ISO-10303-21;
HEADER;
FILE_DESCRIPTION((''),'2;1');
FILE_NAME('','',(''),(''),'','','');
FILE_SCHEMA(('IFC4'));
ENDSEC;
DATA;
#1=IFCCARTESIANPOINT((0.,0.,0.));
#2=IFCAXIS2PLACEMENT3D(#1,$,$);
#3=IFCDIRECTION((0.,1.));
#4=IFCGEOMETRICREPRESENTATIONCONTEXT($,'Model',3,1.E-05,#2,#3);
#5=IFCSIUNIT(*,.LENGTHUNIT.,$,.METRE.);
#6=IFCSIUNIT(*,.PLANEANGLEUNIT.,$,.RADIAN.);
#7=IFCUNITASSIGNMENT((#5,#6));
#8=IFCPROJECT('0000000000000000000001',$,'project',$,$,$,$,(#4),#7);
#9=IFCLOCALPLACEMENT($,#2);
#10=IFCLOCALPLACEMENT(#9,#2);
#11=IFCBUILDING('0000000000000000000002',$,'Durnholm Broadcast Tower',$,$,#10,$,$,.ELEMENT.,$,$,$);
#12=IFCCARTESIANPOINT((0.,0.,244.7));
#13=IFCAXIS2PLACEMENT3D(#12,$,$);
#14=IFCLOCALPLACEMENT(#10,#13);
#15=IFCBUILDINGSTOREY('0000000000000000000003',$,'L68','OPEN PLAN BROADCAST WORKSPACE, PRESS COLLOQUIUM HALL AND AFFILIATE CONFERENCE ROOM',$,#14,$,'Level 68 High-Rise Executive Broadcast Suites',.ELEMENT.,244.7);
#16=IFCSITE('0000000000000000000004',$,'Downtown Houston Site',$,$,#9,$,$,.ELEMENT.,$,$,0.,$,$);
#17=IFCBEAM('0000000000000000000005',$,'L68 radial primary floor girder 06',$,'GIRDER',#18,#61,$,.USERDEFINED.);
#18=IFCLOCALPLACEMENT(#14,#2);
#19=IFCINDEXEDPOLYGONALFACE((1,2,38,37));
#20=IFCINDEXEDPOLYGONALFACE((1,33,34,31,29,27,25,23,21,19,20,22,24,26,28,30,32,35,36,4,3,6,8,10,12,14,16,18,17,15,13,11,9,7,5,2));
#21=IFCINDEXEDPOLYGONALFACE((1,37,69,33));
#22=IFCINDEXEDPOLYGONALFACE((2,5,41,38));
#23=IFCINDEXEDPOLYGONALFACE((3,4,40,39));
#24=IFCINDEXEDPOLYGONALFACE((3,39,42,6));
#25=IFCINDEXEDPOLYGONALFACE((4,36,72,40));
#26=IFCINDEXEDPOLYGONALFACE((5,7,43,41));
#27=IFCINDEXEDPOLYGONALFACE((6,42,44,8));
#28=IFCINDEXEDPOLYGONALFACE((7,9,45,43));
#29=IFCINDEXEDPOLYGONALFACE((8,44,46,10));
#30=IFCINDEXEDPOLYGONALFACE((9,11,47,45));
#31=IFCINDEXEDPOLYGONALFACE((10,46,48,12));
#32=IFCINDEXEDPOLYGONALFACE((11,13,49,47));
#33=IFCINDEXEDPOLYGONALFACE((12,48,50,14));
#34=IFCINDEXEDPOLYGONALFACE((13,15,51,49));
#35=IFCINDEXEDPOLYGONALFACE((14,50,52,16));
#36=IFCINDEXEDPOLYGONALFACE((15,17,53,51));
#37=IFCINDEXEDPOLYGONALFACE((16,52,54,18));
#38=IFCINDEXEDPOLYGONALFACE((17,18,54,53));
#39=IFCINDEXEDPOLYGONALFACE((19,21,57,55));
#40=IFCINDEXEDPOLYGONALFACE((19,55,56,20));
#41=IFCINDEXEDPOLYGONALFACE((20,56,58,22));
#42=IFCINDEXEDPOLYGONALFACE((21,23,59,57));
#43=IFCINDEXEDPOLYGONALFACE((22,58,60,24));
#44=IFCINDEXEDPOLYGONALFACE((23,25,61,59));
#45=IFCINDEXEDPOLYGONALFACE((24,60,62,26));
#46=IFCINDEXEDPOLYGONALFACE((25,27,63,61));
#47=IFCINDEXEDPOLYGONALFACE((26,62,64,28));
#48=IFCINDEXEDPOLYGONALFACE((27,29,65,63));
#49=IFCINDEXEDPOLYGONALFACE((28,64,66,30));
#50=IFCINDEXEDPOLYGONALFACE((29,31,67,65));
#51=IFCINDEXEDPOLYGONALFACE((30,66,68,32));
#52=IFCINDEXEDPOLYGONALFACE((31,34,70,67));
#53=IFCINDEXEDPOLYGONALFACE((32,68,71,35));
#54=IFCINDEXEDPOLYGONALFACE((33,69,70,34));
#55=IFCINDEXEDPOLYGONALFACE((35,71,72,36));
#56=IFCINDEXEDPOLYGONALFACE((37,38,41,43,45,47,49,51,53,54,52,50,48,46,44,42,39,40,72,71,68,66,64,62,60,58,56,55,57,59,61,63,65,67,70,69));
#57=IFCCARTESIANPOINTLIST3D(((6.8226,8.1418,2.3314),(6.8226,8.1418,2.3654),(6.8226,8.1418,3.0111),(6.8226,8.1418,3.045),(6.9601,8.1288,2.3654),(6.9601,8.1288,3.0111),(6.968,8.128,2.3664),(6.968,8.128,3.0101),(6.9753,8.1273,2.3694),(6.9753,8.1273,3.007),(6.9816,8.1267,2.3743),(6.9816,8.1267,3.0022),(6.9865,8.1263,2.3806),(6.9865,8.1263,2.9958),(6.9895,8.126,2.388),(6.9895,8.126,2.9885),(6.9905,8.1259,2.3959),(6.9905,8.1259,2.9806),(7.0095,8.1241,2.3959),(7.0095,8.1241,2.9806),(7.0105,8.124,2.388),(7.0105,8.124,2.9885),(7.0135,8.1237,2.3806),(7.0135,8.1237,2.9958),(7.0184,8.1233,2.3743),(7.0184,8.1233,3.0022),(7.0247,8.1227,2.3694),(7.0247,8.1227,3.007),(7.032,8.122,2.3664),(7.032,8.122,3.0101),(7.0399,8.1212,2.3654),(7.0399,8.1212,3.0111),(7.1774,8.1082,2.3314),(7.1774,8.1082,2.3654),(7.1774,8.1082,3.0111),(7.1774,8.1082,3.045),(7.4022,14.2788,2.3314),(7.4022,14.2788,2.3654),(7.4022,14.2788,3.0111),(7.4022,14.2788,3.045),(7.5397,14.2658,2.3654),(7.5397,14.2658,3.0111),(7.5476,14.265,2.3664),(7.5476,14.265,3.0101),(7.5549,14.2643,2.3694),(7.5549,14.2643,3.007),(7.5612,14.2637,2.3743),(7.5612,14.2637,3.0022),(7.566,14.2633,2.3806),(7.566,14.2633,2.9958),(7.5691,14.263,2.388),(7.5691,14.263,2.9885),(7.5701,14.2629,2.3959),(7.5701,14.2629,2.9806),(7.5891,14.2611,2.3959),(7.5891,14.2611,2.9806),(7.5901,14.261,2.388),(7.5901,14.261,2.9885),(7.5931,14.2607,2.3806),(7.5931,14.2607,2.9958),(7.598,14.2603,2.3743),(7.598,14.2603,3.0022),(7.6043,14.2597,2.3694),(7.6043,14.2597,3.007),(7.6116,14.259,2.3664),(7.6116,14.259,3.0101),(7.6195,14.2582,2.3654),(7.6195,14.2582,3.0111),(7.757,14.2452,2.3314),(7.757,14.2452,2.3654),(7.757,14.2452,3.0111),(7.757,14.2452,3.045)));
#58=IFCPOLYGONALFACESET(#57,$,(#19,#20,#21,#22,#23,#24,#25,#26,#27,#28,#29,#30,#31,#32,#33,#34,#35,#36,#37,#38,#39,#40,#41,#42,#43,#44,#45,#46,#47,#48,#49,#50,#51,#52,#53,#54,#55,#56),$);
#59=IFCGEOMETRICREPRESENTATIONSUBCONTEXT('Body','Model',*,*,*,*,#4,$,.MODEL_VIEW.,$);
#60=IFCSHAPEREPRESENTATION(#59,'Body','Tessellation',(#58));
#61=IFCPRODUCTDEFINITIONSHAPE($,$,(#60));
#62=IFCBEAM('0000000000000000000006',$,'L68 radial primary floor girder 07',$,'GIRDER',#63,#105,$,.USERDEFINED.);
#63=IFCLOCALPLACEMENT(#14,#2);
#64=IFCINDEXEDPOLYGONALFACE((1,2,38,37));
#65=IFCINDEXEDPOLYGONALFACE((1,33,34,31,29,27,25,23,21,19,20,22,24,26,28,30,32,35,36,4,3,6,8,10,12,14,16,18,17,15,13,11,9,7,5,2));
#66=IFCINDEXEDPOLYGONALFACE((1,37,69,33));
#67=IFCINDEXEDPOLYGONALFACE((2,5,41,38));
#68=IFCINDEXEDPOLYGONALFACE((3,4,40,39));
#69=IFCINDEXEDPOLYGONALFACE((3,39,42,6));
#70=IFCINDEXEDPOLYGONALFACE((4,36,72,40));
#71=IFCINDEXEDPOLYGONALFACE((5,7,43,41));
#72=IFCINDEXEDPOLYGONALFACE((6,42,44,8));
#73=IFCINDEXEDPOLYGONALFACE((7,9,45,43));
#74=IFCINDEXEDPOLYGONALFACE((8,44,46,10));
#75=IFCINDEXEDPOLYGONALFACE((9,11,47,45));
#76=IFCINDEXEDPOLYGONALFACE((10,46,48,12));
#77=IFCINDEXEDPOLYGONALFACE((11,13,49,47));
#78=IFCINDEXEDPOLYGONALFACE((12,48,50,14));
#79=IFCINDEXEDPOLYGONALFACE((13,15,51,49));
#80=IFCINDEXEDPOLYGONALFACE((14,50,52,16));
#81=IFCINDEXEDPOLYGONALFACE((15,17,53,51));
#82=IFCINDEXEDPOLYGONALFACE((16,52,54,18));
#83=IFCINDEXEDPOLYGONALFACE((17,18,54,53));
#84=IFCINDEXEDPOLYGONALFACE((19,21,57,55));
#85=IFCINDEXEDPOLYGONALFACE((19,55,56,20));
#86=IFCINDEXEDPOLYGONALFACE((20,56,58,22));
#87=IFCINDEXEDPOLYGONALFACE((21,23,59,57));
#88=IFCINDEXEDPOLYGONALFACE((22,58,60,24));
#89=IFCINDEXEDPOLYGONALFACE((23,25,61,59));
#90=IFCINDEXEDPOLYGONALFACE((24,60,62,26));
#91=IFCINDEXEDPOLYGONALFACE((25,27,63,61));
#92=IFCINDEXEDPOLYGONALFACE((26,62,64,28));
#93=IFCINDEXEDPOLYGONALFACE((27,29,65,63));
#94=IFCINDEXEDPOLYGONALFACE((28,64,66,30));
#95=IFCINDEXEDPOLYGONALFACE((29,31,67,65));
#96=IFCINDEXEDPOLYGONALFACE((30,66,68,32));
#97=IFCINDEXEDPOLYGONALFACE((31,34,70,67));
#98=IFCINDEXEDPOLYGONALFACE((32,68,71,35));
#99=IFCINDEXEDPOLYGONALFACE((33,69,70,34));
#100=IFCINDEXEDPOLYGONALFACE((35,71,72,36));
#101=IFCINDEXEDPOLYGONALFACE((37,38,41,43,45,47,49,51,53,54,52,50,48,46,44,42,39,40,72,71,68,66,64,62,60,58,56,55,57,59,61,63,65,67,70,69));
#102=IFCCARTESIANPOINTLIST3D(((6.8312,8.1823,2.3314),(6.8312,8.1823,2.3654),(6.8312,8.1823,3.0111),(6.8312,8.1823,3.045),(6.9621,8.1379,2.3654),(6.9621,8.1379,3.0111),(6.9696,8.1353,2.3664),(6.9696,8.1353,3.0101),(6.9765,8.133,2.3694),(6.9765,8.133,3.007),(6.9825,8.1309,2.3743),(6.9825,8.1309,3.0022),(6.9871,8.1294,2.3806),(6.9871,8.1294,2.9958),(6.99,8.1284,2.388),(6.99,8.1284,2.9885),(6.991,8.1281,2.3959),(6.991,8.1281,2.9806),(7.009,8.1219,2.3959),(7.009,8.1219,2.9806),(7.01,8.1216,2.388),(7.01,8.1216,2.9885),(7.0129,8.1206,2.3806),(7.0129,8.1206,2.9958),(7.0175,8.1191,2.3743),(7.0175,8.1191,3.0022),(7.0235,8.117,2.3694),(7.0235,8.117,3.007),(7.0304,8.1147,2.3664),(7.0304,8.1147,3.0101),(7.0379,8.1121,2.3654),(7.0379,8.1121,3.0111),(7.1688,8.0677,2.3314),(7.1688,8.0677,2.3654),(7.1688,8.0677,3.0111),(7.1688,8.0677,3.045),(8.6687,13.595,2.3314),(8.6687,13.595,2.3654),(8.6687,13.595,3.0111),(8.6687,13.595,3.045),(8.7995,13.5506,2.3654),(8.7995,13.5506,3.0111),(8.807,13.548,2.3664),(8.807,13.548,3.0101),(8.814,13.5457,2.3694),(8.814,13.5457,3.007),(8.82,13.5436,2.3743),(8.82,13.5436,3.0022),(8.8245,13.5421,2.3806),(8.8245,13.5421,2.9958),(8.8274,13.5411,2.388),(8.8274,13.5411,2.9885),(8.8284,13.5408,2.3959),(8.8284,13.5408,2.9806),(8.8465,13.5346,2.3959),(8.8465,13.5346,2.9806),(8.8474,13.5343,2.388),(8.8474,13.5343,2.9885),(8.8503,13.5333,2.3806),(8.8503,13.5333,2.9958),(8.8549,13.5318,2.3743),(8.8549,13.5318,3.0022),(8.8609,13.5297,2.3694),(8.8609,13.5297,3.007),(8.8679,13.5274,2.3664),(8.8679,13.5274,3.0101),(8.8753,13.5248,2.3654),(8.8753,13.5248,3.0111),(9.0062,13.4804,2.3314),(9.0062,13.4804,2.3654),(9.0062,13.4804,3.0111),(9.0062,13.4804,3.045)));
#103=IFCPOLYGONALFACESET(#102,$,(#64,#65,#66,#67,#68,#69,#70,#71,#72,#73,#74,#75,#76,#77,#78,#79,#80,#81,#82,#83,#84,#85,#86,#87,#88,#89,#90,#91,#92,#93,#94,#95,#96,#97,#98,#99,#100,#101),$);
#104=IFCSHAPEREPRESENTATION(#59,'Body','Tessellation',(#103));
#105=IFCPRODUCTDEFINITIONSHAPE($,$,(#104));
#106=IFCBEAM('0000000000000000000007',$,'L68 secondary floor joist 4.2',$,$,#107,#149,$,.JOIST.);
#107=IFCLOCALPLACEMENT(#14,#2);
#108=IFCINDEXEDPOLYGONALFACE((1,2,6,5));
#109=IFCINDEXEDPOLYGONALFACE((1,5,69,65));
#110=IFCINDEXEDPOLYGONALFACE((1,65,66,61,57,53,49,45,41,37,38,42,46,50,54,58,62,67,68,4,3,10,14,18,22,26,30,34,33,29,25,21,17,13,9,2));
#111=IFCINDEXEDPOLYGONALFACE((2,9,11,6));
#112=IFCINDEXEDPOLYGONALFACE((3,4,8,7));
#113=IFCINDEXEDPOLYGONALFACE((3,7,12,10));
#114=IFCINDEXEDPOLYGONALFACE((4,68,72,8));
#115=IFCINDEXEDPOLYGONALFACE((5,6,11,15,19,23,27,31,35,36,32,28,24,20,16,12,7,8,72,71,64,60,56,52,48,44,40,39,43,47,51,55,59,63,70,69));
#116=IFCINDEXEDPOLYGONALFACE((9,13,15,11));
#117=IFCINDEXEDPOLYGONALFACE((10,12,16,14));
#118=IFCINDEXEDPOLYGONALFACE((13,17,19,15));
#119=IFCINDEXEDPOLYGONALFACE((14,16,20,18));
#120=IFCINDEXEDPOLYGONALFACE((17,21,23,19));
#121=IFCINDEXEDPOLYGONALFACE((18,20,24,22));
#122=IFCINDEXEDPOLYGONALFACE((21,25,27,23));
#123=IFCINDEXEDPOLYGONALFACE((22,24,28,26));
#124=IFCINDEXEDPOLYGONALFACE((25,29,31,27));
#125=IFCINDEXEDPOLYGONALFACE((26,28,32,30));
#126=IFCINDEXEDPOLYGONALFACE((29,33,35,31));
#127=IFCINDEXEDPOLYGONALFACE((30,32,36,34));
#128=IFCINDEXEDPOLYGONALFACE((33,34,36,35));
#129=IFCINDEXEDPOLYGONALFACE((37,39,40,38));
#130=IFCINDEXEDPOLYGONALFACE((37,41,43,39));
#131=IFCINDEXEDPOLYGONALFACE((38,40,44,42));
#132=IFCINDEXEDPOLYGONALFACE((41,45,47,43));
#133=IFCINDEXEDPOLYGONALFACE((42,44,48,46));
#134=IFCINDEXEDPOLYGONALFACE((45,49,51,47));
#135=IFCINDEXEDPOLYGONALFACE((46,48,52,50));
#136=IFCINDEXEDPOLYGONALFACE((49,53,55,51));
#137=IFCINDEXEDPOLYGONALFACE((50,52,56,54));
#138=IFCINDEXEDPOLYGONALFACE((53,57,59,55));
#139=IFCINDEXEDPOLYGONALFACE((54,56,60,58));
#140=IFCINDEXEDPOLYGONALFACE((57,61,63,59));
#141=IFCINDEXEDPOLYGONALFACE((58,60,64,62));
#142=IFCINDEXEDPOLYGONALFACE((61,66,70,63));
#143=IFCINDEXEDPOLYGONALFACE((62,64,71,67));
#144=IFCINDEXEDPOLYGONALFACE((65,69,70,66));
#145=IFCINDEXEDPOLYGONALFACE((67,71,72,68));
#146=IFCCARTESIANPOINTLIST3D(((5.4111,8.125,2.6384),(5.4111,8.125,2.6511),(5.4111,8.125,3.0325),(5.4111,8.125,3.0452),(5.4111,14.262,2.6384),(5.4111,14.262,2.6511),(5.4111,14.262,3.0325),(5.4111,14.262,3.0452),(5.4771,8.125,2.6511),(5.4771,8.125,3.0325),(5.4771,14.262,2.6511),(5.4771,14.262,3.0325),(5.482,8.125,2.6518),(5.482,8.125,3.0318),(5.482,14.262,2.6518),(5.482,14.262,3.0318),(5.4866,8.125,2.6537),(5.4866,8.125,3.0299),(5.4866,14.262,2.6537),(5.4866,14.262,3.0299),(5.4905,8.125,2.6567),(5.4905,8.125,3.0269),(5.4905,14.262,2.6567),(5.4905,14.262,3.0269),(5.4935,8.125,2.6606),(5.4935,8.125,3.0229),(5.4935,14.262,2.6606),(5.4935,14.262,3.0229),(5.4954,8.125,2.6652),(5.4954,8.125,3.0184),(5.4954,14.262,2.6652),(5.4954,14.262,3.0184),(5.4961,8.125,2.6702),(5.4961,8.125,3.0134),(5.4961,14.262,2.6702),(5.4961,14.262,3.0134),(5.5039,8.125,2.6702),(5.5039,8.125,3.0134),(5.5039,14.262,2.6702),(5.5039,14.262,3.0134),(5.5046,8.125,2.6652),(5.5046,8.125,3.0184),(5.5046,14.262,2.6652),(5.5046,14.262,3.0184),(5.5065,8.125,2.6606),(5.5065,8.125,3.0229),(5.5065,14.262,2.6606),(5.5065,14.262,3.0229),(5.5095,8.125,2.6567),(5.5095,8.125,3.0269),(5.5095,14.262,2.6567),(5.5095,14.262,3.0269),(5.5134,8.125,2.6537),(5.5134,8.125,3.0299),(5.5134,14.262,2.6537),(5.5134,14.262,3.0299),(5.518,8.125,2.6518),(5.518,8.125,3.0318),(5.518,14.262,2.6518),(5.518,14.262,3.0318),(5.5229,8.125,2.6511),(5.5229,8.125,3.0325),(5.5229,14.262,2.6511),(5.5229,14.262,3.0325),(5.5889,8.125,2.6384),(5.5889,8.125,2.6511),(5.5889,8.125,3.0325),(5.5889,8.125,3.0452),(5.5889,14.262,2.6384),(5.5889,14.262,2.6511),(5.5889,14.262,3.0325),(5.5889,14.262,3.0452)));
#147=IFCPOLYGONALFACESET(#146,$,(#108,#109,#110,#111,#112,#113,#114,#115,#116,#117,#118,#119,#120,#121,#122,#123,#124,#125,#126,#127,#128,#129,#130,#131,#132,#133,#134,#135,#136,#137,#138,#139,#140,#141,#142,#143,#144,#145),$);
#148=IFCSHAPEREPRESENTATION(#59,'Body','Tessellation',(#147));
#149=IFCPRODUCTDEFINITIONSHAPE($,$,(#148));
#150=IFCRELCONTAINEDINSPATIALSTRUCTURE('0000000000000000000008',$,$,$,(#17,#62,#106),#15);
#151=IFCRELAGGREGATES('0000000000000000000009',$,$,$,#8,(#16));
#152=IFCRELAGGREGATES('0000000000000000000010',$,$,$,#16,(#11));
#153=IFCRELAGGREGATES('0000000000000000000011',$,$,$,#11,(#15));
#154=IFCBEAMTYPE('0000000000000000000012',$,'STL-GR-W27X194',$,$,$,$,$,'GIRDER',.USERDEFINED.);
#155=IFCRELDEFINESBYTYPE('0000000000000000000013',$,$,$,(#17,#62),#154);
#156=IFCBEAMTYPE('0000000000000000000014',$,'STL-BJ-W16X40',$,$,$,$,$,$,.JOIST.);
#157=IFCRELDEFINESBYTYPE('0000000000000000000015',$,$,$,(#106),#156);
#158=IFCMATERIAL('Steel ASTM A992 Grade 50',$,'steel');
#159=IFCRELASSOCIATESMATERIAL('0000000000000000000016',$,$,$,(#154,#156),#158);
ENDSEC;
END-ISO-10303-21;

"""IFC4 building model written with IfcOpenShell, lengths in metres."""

from ifc_helpers import new_model, si_unit, direction, frame, origin, origin_2d, place, context, subcontext, project, spatial, i_section, extrude, source, transform, mapped, material, material_profile, profile_set, type_object, type_shapes, element, save


model = new_model("IFC4")

# Units and contexts
model_context = context("Model", 3, precision=1e-05, world=origin(), true_north=direction((0.0, 1.0)))
body_context = subcontext(model_context, "Body", "Model", "MODEL_VIEW")
ifc_project = project(units=[si_unit("LENGTHUNIT", "METRE"), si_unit("PLANEANGLEUNIT", "RADIAN")], contexts=[model_context])

# Site, building, storey
site_placement = place(None, origin())
site = spatial("IfcSite", under=ifc_project, at=site_placement, Name="Downtown Houston Site", CompositionType="ELEMENT", RefElevation=0.0)
building_placement = place(site_placement, origin())
building = spatial("IfcBuilding", under=site, at=building_placement, Name="Durnholm Broadcast Tower", CompositionType="ELEMENT")
storey_placement = place(building_placement, frame((0.0, 0.0, 244.7)))
storey = spatial("IfcBuildingStorey", under=building, at=storey_placement, Name="L68", Description="OPEN PLAN BROADCAST WORKSPACE, PRESS COLLOQUIUM HALL AND AFFILIATE CONFERENCE ROOM", LongName="Level 68 High-Rise Executive Broadcast Suites", CompositionType="ELEMENT", Elevation=244.7)

# Beams
ifc_material_1 = material(Name="Steel ASTM A992 Grade 50", Category="steel")
ifc_material_profile_1 = material_profile(ifc_material_1, i_section(OverallWidth=0.3564, OverallDepth=0.7136, WebThickness=0.019, FlangeThickness=0.0339, FilletRadius=0.0305, at=origin_2d()), Name="W27X194")
ifc_profile_set_1 = profile_set([ifc_material_profile_1], Name="Steel ASTM A992 Grade 50")
beam_type_1 = type_object("IfcBeamType", Name="STL-GR-W27X194", ElementType="GIRDER", PredefinedType="USERDEFINED", material=ifc_profile_set_1)
shared_shape_1 = source(origin(), body_context, "Body", "SweptSolid", [
    extrude(i_section(OverallWidth=0.3564, OverallDepth=0.7136, WebThickness=0.019, FlangeThickness=0.0339, FilletRadius=0.0305, at=origin_2d()), origin(), (0.0, 0.0, 1.0), 6.1643),
])
beam_1_placement = place(storey_placement, frame((7.0, 8.125, 2.6882), z_axis=(0.094024, 0.99557, 0.0), x_axis=(-0.99557, 0.094024, 0.0)))
element("IfcBeam", 1, at=beam_1_placement, inside=storey, type_object=beam_type_1, Name="L68 radial primary floor girder 06", ObjectType="GIRDER", PredefinedType="USERDEFINED", context=body_context, shape_type="MappedRepresentation", body=[
    mapped(shared_shape_1, transform((0.0, 0.0, 0.0), x_axis=(1.0, 0.0, 0.0), y_axis=(0.0, 1.0, 0.0), z_axis=(0.0, 0.0, 1.0), scale=1.0)),
])
shared_shape_2 = source(origin(), body_context, "Body", "SweptSolid", [
    extrude(i_section(OverallWidth=0.3564, OverallDepth=0.7136, WebThickness=0.019, FlangeThickness=0.0339, FilletRadius=0.0305, at=origin_2d()), origin(), (0.0, 0.0, 1.0), 5.7161),
])
type_shapes(beam_type_1, [shared_shape_1, shared_shape_2])
beam_2_placement = place(storey_placement, frame((7.0, 8.125, 2.6882), z_axis=(0.321451, 0.946926, 0.0), x_axis=(-0.946926, 0.321451, 0.0)))
element("IfcBeam", 2, at=beam_2_placement, inside=storey, type_object=beam_type_1, Name="L68 radial primary floor girder 07", ObjectType="GIRDER", PredefinedType="USERDEFINED", context=body_context, shape_type="MappedRepresentation", body=[
    mapped(shared_shape_2, transform((0.0, 0.0, 0.0), x_axis=(1.0, 0.0, 0.0), y_axis=(0.0, 1.0, 0.0), z_axis=(0.0, 0.0, 1.0), scale=1.0)),
])
ifc_material_profile_2 = material_profile(ifc_material_1, i_section(OverallWidth=0.1777, OverallDepth=0.4067, WebThickness=0.0078, FlangeThickness=0.0127, FilletRadius=0.019, at=origin_2d()), Name="W16X40")
ifc_profile_set_2 = profile_set([ifc_material_profile_2], Name="Steel ASTM A992 Grade 50")
beam_type_2 = type_object("IfcBeamType", Name="STL-BJ-W16X40", PredefinedType="JOIST", material=ifc_profile_set_2)
shared_shape_3 = source(origin(), body_context, "Body", "SweptSolid", [
    extrude(i_section(OverallWidth=0.1777, OverallDepth=0.4067, WebThickness=0.0078, FlangeThickness=0.0127, FilletRadius=0.019, at=origin_2d()), origin(), (0.0, 0.0, 1.0), 6.137),
])
type_shapes(beam_type_2, [shared_shape_3])
beam_3_placement = place(storey_placement, frame((5.5, 8.125, 2.8418), z_axis=(0.0, 1.0, 0.0), x_axis=(-1.0, 0.0, 0.0)))
element("IfcBeam", 3, at=beam_3_placement, inside=storey, type_object=beam_type_2, Name="L68 secondary floor joist 4.2", PredefinedType="JOIST", context=body_context, shape_type="MappedRepresentation", body=[
    mapped(shared_shape_3, transform((0.0, 0.0, 0.0), x_axis=(1.0, 0.0, 0.0), y_axis=(0.0, 1.0, 0.0), z_axis=(0.0, 0.0, 1.0), scale=1.0)),
])

save(model, "model.ifc")
